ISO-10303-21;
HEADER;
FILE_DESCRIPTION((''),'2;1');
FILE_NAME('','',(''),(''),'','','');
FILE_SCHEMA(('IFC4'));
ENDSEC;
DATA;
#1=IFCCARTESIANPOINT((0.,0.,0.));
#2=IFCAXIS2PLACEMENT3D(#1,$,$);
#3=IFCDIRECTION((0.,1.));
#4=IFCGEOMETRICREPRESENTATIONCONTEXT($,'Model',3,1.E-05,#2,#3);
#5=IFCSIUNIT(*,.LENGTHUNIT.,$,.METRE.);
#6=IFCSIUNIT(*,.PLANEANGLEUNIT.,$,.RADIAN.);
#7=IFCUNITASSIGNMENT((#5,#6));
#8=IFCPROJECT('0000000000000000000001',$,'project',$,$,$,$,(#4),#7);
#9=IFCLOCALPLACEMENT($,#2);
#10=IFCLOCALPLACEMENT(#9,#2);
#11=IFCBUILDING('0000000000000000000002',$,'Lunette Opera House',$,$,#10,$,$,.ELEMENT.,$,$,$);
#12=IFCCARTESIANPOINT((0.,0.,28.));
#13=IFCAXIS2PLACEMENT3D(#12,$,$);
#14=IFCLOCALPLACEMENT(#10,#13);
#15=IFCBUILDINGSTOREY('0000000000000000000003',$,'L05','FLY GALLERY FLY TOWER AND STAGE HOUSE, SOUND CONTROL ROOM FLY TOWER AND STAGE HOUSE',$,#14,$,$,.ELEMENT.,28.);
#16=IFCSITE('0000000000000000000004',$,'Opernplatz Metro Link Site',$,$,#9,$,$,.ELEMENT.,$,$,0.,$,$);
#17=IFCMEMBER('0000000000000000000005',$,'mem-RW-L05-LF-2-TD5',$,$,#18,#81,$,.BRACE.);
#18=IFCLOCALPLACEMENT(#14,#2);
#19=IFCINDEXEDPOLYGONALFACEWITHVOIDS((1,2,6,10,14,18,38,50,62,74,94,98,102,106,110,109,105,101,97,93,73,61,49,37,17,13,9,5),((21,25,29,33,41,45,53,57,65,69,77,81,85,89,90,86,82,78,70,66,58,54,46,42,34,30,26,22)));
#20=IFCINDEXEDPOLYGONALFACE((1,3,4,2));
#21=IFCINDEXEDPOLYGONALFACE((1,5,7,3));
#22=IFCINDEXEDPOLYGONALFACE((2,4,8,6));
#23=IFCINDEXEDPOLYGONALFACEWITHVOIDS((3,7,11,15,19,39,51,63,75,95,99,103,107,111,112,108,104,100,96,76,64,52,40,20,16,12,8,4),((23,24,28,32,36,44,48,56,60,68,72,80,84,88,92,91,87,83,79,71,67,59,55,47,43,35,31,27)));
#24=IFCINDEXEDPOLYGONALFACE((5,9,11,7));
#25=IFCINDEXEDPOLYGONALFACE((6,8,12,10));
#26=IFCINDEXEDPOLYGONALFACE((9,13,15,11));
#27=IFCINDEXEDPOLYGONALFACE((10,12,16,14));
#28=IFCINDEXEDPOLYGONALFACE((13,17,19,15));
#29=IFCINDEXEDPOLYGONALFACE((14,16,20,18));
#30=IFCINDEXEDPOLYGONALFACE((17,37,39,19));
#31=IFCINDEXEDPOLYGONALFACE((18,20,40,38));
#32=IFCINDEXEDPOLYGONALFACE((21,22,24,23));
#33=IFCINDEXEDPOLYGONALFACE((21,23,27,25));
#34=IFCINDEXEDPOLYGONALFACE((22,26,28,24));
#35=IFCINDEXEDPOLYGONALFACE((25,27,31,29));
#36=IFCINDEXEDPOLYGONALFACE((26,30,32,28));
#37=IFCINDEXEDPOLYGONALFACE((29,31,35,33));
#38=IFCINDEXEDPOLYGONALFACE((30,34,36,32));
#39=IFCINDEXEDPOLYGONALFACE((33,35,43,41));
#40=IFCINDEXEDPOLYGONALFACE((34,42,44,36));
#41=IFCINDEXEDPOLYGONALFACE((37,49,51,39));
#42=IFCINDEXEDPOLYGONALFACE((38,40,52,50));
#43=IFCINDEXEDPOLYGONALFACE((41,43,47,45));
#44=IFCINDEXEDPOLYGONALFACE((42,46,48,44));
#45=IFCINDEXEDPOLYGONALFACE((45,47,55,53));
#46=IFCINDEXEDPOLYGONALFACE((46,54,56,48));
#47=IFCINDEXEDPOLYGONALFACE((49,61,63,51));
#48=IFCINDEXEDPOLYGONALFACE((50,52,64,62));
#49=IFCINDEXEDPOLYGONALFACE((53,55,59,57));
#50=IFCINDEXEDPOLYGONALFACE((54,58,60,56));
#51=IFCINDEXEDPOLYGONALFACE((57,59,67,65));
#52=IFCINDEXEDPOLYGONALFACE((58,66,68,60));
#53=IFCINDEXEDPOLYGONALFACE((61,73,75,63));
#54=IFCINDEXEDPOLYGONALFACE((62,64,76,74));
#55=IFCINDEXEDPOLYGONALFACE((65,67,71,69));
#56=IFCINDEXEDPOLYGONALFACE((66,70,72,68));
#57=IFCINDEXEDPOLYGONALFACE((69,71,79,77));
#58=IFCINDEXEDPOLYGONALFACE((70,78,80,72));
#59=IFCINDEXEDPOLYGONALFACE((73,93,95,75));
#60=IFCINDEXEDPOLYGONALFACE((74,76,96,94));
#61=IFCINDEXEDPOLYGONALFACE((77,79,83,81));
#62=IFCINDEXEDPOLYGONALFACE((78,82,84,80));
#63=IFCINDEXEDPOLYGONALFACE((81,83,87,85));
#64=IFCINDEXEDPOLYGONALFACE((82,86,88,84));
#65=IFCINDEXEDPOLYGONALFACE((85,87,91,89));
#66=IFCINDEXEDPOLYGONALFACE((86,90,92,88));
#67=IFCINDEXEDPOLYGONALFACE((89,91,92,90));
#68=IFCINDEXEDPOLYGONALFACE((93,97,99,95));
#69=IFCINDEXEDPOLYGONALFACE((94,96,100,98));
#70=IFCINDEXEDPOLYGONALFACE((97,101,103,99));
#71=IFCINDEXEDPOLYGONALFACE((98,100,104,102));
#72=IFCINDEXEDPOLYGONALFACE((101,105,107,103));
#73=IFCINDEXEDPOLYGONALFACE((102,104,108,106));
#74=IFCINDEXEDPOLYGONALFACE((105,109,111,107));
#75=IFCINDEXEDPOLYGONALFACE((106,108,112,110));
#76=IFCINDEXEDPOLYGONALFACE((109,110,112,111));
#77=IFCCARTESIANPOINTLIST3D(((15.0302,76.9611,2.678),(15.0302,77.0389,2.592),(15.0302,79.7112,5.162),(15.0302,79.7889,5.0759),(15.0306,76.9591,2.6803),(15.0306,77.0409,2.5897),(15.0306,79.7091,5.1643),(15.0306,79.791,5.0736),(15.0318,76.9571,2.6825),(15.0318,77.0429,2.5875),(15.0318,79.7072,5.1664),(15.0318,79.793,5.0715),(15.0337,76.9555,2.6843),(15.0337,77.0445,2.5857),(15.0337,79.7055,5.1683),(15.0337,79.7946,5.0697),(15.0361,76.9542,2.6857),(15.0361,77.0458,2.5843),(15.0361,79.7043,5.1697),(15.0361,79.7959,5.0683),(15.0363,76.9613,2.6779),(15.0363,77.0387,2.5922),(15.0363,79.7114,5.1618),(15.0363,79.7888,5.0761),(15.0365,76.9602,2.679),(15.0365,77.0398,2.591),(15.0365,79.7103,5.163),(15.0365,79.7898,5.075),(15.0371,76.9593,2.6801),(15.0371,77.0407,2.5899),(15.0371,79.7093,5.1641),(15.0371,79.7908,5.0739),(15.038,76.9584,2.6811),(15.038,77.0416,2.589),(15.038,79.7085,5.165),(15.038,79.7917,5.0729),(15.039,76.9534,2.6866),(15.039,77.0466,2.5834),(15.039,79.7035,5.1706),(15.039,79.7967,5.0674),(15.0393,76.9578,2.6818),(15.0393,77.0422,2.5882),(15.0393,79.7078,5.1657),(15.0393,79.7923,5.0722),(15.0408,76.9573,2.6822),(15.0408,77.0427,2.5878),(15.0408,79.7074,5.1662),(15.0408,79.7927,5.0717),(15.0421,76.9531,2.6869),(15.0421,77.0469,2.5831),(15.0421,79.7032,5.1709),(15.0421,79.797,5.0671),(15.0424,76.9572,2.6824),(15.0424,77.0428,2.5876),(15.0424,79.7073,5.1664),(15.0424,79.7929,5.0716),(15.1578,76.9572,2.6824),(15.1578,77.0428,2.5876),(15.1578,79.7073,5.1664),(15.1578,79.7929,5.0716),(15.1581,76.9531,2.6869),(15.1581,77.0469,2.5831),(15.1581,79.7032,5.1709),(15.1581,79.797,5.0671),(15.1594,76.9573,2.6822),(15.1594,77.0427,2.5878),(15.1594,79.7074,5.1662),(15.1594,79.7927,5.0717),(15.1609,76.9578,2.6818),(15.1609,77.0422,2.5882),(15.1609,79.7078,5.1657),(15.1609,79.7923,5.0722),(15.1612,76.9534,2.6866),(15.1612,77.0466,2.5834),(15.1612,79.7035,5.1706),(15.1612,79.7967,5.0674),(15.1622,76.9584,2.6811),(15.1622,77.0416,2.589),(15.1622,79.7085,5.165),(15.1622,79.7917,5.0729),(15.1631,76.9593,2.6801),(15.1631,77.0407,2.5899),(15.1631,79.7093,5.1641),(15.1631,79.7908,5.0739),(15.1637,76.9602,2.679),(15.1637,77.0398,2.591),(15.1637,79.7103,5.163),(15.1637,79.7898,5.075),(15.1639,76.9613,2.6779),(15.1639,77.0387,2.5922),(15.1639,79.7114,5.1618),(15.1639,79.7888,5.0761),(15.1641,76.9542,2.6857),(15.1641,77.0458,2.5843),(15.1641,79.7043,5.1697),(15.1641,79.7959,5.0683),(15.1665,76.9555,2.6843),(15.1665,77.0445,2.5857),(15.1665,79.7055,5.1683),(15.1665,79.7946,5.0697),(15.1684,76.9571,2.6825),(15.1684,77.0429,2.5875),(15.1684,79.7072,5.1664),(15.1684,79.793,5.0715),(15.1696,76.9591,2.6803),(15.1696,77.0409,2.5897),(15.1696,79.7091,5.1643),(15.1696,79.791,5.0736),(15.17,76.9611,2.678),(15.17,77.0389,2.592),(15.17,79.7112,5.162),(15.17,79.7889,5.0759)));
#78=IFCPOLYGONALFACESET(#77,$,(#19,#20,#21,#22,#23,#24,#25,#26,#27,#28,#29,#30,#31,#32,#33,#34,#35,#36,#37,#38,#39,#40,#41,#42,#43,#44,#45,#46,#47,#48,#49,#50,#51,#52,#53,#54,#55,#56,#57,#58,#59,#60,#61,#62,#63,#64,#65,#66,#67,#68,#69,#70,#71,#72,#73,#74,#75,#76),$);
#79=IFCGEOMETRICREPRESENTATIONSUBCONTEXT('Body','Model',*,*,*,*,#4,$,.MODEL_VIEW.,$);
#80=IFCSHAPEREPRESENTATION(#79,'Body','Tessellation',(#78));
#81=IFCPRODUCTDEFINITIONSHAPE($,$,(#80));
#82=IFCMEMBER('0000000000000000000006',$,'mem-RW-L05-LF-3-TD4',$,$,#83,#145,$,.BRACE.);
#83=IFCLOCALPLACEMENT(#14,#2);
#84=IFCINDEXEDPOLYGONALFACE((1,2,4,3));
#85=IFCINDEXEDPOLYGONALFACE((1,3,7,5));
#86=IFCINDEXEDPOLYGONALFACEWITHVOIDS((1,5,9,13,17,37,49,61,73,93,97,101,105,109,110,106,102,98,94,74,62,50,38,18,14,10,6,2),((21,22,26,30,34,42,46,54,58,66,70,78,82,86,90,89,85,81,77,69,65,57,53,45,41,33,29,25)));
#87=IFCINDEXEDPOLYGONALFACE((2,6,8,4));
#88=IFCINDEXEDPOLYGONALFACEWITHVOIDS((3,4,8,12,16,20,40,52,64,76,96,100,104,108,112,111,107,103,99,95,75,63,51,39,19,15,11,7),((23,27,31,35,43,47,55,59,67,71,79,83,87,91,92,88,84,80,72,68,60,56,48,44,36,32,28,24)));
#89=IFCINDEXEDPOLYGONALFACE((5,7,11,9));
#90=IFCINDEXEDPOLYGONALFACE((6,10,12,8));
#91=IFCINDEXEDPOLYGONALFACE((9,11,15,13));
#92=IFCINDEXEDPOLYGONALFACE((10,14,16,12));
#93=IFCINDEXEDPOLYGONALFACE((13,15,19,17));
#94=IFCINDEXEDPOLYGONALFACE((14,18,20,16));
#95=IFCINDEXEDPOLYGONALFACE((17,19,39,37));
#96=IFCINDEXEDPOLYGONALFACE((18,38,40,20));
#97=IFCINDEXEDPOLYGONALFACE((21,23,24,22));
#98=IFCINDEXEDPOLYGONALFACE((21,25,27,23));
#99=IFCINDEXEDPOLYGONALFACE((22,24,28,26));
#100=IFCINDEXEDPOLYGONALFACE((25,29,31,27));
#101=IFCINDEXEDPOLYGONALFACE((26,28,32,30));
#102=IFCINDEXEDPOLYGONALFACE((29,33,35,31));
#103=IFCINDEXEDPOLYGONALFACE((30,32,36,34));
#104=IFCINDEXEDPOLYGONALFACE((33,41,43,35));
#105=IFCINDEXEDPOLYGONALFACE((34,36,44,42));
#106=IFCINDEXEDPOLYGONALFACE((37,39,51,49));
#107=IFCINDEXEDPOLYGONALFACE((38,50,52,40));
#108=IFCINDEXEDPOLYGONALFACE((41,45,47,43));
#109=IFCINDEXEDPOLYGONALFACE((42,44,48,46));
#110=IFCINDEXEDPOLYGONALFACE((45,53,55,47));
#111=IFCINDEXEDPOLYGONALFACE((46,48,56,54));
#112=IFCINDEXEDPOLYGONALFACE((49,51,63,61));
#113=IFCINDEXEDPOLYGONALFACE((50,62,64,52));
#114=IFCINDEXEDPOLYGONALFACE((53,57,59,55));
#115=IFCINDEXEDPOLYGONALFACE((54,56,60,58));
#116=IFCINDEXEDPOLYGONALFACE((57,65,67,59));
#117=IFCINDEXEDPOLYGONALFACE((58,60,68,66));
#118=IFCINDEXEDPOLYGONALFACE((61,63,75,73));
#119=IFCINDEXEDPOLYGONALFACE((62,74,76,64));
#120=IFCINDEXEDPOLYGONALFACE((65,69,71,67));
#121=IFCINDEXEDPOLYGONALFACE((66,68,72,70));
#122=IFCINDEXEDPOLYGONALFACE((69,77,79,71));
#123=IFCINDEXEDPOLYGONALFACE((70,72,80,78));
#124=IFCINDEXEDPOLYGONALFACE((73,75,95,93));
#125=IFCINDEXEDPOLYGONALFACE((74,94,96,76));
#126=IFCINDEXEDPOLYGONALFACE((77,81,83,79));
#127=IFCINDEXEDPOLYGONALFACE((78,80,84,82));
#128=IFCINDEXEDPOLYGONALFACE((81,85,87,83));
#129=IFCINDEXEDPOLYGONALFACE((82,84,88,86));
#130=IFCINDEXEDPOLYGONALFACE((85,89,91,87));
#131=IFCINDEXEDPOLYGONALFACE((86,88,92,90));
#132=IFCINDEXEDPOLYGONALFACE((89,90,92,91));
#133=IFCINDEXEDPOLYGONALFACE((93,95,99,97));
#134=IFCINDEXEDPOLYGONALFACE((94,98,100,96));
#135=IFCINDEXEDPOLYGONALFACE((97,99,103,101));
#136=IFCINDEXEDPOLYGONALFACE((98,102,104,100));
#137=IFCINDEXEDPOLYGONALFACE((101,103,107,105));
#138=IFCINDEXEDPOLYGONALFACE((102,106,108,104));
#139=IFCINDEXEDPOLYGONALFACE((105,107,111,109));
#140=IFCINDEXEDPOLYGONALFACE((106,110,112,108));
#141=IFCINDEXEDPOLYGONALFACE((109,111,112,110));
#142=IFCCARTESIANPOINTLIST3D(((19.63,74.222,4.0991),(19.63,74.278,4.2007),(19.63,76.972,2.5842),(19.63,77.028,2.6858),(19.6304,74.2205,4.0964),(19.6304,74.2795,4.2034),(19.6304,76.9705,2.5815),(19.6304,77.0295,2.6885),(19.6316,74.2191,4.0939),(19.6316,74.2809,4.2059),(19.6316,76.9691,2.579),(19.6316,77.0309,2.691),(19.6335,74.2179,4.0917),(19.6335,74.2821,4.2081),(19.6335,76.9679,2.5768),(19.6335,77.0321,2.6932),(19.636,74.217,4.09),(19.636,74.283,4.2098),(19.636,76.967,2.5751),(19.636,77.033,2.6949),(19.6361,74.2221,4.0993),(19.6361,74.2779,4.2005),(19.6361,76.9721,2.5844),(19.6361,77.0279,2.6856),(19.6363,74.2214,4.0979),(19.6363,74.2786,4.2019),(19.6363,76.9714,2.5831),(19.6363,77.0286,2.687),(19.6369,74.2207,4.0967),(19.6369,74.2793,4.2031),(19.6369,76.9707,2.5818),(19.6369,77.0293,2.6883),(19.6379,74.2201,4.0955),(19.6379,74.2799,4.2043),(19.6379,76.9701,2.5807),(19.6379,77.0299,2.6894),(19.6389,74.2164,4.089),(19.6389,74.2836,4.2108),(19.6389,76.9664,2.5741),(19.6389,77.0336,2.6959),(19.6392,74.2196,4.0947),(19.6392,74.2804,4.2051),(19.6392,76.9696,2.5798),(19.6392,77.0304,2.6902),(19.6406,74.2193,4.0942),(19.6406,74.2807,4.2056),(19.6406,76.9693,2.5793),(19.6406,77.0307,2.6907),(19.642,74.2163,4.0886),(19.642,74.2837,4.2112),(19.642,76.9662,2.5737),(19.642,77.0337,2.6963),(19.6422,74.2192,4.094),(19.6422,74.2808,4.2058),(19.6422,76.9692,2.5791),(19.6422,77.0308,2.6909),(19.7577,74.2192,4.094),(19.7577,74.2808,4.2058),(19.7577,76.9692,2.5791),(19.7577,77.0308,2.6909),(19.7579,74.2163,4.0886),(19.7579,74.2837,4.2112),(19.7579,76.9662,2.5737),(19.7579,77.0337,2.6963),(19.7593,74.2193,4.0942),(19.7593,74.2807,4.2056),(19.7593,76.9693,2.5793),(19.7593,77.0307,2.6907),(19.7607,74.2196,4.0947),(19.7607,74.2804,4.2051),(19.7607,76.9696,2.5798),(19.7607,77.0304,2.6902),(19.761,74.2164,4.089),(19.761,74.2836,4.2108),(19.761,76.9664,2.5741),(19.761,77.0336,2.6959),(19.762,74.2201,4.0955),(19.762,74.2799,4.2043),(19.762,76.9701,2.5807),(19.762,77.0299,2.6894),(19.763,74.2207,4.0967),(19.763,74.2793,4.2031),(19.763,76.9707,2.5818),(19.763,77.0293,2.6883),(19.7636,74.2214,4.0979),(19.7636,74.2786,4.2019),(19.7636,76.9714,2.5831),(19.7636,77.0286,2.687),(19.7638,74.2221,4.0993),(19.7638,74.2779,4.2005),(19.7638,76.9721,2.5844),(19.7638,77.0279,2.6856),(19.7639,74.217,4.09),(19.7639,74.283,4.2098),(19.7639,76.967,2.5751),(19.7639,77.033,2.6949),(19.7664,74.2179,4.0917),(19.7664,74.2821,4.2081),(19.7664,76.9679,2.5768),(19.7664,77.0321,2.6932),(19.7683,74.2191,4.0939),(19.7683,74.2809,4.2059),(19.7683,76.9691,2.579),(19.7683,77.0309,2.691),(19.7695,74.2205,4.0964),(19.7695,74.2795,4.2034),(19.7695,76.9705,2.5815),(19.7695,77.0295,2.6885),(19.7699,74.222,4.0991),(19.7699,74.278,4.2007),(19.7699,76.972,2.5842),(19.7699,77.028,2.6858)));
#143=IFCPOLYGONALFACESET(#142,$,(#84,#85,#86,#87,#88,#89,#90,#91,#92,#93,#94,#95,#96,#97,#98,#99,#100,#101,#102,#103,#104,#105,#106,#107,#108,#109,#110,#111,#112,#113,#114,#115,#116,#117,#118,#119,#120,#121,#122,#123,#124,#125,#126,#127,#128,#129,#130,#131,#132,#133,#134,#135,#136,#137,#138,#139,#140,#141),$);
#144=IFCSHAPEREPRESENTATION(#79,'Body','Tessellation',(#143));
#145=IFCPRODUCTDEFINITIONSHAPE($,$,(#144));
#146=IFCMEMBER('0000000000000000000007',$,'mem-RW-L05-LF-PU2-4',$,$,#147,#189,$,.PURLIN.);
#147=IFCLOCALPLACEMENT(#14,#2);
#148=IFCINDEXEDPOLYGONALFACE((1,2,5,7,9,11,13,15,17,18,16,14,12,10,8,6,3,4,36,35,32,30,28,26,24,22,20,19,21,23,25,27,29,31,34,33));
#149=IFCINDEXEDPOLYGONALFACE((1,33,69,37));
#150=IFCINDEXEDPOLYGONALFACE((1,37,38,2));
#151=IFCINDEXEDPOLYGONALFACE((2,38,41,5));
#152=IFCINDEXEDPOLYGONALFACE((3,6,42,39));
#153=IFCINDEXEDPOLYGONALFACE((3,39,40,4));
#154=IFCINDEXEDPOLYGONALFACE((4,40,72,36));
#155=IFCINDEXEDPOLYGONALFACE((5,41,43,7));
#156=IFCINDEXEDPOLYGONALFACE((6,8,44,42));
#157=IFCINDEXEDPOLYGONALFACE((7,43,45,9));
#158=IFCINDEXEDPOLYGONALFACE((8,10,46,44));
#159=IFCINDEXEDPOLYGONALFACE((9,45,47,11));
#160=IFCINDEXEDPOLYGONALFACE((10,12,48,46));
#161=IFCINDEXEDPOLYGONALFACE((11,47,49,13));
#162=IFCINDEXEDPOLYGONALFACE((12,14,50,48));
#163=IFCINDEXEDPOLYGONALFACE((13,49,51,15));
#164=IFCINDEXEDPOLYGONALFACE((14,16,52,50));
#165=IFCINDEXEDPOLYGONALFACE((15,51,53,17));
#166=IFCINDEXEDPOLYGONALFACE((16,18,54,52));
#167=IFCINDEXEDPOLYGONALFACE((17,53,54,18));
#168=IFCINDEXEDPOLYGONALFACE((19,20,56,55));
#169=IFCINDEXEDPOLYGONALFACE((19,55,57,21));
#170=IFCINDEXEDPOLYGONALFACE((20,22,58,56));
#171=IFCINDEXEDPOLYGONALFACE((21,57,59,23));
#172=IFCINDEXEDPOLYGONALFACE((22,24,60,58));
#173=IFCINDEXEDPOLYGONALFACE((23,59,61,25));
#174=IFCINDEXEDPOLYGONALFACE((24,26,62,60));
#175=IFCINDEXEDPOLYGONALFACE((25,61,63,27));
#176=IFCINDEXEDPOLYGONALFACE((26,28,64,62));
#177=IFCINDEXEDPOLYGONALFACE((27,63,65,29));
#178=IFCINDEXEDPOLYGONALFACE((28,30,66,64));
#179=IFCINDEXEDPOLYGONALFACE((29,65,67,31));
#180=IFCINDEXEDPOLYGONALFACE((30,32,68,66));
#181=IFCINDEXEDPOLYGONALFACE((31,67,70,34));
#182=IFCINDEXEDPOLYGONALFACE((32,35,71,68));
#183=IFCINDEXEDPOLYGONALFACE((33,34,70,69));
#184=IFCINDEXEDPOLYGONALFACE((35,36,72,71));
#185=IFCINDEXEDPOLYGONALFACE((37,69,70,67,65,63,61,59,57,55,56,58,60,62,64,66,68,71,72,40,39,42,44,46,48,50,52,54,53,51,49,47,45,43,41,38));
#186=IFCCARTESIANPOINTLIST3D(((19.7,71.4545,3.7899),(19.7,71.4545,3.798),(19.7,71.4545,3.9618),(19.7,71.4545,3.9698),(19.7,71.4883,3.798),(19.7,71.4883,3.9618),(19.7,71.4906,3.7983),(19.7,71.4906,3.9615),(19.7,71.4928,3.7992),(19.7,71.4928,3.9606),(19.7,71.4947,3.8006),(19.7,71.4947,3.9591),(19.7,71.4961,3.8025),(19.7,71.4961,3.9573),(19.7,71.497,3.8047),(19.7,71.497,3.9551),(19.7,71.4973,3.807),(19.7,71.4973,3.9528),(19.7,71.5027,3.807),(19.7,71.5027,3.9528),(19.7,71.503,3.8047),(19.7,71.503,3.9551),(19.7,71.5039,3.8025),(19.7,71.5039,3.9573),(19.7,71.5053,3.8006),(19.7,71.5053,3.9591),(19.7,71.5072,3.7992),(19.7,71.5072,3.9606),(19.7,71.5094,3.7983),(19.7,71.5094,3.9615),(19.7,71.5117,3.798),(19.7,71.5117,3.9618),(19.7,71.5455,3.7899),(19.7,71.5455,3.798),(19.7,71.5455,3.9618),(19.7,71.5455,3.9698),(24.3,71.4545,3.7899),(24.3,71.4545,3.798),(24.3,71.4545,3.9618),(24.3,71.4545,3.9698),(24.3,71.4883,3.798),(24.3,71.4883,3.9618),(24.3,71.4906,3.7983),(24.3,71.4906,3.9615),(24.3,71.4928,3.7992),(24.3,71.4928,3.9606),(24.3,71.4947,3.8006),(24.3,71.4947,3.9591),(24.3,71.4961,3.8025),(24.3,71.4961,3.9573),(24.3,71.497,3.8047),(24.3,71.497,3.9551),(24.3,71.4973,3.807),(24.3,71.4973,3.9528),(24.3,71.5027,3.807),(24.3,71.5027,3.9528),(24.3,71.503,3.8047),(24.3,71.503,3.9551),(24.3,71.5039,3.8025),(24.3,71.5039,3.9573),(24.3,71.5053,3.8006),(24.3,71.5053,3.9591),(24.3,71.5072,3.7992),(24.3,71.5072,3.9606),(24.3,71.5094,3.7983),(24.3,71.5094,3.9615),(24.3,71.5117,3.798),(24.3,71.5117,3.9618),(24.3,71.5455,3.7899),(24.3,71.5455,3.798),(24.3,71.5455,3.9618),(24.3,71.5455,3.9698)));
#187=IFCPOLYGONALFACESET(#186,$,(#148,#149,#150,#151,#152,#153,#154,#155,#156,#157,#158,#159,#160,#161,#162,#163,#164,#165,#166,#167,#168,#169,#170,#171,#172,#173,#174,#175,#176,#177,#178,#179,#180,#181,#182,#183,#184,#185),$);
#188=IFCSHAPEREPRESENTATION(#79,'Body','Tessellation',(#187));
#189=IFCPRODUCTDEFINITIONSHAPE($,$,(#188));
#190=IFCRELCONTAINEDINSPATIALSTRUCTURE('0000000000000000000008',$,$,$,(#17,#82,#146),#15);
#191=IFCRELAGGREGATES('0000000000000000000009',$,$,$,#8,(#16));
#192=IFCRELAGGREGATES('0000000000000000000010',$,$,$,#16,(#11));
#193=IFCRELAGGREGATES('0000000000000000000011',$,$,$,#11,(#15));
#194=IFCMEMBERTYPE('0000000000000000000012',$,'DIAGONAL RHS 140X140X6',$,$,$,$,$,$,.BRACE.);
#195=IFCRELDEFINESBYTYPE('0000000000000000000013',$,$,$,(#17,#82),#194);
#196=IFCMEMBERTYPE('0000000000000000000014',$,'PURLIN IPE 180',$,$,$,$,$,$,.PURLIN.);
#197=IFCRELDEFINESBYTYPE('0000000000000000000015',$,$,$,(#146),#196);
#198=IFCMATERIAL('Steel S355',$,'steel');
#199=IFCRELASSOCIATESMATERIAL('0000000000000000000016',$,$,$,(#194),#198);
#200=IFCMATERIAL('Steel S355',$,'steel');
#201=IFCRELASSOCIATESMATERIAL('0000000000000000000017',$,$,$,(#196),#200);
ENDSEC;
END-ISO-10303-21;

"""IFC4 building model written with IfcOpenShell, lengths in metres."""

from ifc_helpers import new_model, si_unit, direction, frame, origin, origin_2d, place, context, subcontext, project, spatial, hollow_rectangle, i_section, extrude, material, material_profile, profile_set, type_object, element, save


model = new_model("IFC4")

# Units and contexts
model_context = context("Model", 3, precision=1e-05, world=origin(), true_north=direction((0.0, 1.0)))
body_context = subcontext(model_context, "Body", "Model", "MODEL_VIEW")
ifc_project = project(units=[si_unit("LENGTHUNIT", "METRE"), si_unit("PLANEANGLEUNIT", "RADIAN")], contexts=[model_context])

# Site, building, storey
site_placement = place(None, origin())
site = spatial("IfcSite", under=ifc_project, at=site_placement, Name="Opernplatz Metro Link Site", CompositionType="ELEMENT", RefElevation=0.0)
building_placement = place(site_placement, origin())
building = spatial("IfcBuilding", under=site, at=building_placement, Name="Lunette Opera House", CompositionType="ELEMENT")
storey_placement = place(building_placement, frame((0.0, 0.0, 28.0)))
storey = spatial("IfcBuildingStorey", under=building, at=storey_placement, Name="L05", Description="FLY GALLERY FLY TOWER AND STAGE HOUSE, SOUND CONTROL ROOM FLY TOWER AND STAGE HOUSE", CompositionType="ELEMENT", Elevation=28.0)

# Members
ifc_material_1 = material(Name="Steel S355", Category="steel")
ifc_material_profile_1 = material_profile(ifc_material_1, hollow_rectangle(XDim=0.1399, YDim=0.1399, WallThickness=0.0061, InnerFilletRadius=0.0061, OuterFilletRadius=0.012, at=origin_2d()), Name="RHS 140X140X6")
ifc_profile_set_1 = profile_set([ifc_material_profile_1], Name="Steel S355")
member_type_1 = type_object("IfcMemberType", Name="DIAGONAL RHS 140X140X6", PredefinedType="BRACE", material=ifc_profile_set_1)
member_1_placement = place(storey_placement, frame((15.1001, 77.0, 2.635), z_axis=(0.0, 0.742101, 0.670289), x_axis=(-1.0, 0.0, 0.0)))
element("IfcMember", 1, at=member_1_placement, inside=storey, type_object=member_type_1, Name="mem-RW-L05-LF-2-TD5", PredefinedType="BRACE", context=body_context, shape_type="SweptSolid", body=[
    extrude(hollow_rectangle(XDim=0.1399, YDim=0.1399, WallThickness=0.0061, InnerFilletRadius=0.0061, OuterFilletRadius=0.012, at=origin_2d()), origin(), (0.0, 0.0, 1.0), 3.7058),
])
member_2_placement = place(storey_placement, frame((19.7, 74.25, 4.1499), z_axis=(0.0, 0.875894, -0.482504), x_axis=(-1.0, 0.0, 0.0)))
element("IfcMember", 2, at=member_2_placement, inside=storey, type_object=member_type_1, Name="mem-RW-L05-LF-3-TD4", PredefinedType="BRACE", context=body_context, shape_type="SweptSolid", body=[
    extrude(hollow_rectangle(XDim=0.1399, YDim=0.1399, WallThickness=0.0061, InnerFilletRadius=0.0061, OuterFilletRadius=0.012, at=origin_2d()), origin(), (0.0, 0.0, 1.0), 3.1396),
])
ifc_material_2 = material(Name="Steel S355", Category="steel")
ifc_material_profile_2 = material_profile(ifc_material_2, i_section(OverallWidth=0.0911, OverallDepth=0.1799, WebThickness=0.0054, FlangeThickness=0.0081, FilletRadius=0.009, at=origin_2d()), Name="IPE 180")
ifc_profile_set_2 = profile_set([ifc_material_profile_2], Name="Steel S355")
member_type_2 = type_object("IfcMemberType", Name="PURLIN IPE 180", PredefinedType="PURLIN", material=ifc_profile_set_2)
member_3_placement = place(storey_placement, frame((19.7, 71.5, 3.8799), z_axis=(1.0, 0.0, 0.0), x_axis=(0.0, 1.0, 0.0)))
element("IfcMember", 3, at=member_3_placement, inside=storey, type_object=member_type_2, Name="mem-RW-L05-LF-PU2-4", PredefinedType="PURLIN", context=body_context, shape_type="SweptSolid", body=[
    extrude(i_section(OverallWidth=0.0911, OverallDepth=0.1799, WebThickness=0.0054, FlangeThickness=0.0081, FilletRadius=0.009, at=origin_2d()), origin(), (0.0, 0.0, 1.0), 4.6001),
])

save(model, "model.ifc")
